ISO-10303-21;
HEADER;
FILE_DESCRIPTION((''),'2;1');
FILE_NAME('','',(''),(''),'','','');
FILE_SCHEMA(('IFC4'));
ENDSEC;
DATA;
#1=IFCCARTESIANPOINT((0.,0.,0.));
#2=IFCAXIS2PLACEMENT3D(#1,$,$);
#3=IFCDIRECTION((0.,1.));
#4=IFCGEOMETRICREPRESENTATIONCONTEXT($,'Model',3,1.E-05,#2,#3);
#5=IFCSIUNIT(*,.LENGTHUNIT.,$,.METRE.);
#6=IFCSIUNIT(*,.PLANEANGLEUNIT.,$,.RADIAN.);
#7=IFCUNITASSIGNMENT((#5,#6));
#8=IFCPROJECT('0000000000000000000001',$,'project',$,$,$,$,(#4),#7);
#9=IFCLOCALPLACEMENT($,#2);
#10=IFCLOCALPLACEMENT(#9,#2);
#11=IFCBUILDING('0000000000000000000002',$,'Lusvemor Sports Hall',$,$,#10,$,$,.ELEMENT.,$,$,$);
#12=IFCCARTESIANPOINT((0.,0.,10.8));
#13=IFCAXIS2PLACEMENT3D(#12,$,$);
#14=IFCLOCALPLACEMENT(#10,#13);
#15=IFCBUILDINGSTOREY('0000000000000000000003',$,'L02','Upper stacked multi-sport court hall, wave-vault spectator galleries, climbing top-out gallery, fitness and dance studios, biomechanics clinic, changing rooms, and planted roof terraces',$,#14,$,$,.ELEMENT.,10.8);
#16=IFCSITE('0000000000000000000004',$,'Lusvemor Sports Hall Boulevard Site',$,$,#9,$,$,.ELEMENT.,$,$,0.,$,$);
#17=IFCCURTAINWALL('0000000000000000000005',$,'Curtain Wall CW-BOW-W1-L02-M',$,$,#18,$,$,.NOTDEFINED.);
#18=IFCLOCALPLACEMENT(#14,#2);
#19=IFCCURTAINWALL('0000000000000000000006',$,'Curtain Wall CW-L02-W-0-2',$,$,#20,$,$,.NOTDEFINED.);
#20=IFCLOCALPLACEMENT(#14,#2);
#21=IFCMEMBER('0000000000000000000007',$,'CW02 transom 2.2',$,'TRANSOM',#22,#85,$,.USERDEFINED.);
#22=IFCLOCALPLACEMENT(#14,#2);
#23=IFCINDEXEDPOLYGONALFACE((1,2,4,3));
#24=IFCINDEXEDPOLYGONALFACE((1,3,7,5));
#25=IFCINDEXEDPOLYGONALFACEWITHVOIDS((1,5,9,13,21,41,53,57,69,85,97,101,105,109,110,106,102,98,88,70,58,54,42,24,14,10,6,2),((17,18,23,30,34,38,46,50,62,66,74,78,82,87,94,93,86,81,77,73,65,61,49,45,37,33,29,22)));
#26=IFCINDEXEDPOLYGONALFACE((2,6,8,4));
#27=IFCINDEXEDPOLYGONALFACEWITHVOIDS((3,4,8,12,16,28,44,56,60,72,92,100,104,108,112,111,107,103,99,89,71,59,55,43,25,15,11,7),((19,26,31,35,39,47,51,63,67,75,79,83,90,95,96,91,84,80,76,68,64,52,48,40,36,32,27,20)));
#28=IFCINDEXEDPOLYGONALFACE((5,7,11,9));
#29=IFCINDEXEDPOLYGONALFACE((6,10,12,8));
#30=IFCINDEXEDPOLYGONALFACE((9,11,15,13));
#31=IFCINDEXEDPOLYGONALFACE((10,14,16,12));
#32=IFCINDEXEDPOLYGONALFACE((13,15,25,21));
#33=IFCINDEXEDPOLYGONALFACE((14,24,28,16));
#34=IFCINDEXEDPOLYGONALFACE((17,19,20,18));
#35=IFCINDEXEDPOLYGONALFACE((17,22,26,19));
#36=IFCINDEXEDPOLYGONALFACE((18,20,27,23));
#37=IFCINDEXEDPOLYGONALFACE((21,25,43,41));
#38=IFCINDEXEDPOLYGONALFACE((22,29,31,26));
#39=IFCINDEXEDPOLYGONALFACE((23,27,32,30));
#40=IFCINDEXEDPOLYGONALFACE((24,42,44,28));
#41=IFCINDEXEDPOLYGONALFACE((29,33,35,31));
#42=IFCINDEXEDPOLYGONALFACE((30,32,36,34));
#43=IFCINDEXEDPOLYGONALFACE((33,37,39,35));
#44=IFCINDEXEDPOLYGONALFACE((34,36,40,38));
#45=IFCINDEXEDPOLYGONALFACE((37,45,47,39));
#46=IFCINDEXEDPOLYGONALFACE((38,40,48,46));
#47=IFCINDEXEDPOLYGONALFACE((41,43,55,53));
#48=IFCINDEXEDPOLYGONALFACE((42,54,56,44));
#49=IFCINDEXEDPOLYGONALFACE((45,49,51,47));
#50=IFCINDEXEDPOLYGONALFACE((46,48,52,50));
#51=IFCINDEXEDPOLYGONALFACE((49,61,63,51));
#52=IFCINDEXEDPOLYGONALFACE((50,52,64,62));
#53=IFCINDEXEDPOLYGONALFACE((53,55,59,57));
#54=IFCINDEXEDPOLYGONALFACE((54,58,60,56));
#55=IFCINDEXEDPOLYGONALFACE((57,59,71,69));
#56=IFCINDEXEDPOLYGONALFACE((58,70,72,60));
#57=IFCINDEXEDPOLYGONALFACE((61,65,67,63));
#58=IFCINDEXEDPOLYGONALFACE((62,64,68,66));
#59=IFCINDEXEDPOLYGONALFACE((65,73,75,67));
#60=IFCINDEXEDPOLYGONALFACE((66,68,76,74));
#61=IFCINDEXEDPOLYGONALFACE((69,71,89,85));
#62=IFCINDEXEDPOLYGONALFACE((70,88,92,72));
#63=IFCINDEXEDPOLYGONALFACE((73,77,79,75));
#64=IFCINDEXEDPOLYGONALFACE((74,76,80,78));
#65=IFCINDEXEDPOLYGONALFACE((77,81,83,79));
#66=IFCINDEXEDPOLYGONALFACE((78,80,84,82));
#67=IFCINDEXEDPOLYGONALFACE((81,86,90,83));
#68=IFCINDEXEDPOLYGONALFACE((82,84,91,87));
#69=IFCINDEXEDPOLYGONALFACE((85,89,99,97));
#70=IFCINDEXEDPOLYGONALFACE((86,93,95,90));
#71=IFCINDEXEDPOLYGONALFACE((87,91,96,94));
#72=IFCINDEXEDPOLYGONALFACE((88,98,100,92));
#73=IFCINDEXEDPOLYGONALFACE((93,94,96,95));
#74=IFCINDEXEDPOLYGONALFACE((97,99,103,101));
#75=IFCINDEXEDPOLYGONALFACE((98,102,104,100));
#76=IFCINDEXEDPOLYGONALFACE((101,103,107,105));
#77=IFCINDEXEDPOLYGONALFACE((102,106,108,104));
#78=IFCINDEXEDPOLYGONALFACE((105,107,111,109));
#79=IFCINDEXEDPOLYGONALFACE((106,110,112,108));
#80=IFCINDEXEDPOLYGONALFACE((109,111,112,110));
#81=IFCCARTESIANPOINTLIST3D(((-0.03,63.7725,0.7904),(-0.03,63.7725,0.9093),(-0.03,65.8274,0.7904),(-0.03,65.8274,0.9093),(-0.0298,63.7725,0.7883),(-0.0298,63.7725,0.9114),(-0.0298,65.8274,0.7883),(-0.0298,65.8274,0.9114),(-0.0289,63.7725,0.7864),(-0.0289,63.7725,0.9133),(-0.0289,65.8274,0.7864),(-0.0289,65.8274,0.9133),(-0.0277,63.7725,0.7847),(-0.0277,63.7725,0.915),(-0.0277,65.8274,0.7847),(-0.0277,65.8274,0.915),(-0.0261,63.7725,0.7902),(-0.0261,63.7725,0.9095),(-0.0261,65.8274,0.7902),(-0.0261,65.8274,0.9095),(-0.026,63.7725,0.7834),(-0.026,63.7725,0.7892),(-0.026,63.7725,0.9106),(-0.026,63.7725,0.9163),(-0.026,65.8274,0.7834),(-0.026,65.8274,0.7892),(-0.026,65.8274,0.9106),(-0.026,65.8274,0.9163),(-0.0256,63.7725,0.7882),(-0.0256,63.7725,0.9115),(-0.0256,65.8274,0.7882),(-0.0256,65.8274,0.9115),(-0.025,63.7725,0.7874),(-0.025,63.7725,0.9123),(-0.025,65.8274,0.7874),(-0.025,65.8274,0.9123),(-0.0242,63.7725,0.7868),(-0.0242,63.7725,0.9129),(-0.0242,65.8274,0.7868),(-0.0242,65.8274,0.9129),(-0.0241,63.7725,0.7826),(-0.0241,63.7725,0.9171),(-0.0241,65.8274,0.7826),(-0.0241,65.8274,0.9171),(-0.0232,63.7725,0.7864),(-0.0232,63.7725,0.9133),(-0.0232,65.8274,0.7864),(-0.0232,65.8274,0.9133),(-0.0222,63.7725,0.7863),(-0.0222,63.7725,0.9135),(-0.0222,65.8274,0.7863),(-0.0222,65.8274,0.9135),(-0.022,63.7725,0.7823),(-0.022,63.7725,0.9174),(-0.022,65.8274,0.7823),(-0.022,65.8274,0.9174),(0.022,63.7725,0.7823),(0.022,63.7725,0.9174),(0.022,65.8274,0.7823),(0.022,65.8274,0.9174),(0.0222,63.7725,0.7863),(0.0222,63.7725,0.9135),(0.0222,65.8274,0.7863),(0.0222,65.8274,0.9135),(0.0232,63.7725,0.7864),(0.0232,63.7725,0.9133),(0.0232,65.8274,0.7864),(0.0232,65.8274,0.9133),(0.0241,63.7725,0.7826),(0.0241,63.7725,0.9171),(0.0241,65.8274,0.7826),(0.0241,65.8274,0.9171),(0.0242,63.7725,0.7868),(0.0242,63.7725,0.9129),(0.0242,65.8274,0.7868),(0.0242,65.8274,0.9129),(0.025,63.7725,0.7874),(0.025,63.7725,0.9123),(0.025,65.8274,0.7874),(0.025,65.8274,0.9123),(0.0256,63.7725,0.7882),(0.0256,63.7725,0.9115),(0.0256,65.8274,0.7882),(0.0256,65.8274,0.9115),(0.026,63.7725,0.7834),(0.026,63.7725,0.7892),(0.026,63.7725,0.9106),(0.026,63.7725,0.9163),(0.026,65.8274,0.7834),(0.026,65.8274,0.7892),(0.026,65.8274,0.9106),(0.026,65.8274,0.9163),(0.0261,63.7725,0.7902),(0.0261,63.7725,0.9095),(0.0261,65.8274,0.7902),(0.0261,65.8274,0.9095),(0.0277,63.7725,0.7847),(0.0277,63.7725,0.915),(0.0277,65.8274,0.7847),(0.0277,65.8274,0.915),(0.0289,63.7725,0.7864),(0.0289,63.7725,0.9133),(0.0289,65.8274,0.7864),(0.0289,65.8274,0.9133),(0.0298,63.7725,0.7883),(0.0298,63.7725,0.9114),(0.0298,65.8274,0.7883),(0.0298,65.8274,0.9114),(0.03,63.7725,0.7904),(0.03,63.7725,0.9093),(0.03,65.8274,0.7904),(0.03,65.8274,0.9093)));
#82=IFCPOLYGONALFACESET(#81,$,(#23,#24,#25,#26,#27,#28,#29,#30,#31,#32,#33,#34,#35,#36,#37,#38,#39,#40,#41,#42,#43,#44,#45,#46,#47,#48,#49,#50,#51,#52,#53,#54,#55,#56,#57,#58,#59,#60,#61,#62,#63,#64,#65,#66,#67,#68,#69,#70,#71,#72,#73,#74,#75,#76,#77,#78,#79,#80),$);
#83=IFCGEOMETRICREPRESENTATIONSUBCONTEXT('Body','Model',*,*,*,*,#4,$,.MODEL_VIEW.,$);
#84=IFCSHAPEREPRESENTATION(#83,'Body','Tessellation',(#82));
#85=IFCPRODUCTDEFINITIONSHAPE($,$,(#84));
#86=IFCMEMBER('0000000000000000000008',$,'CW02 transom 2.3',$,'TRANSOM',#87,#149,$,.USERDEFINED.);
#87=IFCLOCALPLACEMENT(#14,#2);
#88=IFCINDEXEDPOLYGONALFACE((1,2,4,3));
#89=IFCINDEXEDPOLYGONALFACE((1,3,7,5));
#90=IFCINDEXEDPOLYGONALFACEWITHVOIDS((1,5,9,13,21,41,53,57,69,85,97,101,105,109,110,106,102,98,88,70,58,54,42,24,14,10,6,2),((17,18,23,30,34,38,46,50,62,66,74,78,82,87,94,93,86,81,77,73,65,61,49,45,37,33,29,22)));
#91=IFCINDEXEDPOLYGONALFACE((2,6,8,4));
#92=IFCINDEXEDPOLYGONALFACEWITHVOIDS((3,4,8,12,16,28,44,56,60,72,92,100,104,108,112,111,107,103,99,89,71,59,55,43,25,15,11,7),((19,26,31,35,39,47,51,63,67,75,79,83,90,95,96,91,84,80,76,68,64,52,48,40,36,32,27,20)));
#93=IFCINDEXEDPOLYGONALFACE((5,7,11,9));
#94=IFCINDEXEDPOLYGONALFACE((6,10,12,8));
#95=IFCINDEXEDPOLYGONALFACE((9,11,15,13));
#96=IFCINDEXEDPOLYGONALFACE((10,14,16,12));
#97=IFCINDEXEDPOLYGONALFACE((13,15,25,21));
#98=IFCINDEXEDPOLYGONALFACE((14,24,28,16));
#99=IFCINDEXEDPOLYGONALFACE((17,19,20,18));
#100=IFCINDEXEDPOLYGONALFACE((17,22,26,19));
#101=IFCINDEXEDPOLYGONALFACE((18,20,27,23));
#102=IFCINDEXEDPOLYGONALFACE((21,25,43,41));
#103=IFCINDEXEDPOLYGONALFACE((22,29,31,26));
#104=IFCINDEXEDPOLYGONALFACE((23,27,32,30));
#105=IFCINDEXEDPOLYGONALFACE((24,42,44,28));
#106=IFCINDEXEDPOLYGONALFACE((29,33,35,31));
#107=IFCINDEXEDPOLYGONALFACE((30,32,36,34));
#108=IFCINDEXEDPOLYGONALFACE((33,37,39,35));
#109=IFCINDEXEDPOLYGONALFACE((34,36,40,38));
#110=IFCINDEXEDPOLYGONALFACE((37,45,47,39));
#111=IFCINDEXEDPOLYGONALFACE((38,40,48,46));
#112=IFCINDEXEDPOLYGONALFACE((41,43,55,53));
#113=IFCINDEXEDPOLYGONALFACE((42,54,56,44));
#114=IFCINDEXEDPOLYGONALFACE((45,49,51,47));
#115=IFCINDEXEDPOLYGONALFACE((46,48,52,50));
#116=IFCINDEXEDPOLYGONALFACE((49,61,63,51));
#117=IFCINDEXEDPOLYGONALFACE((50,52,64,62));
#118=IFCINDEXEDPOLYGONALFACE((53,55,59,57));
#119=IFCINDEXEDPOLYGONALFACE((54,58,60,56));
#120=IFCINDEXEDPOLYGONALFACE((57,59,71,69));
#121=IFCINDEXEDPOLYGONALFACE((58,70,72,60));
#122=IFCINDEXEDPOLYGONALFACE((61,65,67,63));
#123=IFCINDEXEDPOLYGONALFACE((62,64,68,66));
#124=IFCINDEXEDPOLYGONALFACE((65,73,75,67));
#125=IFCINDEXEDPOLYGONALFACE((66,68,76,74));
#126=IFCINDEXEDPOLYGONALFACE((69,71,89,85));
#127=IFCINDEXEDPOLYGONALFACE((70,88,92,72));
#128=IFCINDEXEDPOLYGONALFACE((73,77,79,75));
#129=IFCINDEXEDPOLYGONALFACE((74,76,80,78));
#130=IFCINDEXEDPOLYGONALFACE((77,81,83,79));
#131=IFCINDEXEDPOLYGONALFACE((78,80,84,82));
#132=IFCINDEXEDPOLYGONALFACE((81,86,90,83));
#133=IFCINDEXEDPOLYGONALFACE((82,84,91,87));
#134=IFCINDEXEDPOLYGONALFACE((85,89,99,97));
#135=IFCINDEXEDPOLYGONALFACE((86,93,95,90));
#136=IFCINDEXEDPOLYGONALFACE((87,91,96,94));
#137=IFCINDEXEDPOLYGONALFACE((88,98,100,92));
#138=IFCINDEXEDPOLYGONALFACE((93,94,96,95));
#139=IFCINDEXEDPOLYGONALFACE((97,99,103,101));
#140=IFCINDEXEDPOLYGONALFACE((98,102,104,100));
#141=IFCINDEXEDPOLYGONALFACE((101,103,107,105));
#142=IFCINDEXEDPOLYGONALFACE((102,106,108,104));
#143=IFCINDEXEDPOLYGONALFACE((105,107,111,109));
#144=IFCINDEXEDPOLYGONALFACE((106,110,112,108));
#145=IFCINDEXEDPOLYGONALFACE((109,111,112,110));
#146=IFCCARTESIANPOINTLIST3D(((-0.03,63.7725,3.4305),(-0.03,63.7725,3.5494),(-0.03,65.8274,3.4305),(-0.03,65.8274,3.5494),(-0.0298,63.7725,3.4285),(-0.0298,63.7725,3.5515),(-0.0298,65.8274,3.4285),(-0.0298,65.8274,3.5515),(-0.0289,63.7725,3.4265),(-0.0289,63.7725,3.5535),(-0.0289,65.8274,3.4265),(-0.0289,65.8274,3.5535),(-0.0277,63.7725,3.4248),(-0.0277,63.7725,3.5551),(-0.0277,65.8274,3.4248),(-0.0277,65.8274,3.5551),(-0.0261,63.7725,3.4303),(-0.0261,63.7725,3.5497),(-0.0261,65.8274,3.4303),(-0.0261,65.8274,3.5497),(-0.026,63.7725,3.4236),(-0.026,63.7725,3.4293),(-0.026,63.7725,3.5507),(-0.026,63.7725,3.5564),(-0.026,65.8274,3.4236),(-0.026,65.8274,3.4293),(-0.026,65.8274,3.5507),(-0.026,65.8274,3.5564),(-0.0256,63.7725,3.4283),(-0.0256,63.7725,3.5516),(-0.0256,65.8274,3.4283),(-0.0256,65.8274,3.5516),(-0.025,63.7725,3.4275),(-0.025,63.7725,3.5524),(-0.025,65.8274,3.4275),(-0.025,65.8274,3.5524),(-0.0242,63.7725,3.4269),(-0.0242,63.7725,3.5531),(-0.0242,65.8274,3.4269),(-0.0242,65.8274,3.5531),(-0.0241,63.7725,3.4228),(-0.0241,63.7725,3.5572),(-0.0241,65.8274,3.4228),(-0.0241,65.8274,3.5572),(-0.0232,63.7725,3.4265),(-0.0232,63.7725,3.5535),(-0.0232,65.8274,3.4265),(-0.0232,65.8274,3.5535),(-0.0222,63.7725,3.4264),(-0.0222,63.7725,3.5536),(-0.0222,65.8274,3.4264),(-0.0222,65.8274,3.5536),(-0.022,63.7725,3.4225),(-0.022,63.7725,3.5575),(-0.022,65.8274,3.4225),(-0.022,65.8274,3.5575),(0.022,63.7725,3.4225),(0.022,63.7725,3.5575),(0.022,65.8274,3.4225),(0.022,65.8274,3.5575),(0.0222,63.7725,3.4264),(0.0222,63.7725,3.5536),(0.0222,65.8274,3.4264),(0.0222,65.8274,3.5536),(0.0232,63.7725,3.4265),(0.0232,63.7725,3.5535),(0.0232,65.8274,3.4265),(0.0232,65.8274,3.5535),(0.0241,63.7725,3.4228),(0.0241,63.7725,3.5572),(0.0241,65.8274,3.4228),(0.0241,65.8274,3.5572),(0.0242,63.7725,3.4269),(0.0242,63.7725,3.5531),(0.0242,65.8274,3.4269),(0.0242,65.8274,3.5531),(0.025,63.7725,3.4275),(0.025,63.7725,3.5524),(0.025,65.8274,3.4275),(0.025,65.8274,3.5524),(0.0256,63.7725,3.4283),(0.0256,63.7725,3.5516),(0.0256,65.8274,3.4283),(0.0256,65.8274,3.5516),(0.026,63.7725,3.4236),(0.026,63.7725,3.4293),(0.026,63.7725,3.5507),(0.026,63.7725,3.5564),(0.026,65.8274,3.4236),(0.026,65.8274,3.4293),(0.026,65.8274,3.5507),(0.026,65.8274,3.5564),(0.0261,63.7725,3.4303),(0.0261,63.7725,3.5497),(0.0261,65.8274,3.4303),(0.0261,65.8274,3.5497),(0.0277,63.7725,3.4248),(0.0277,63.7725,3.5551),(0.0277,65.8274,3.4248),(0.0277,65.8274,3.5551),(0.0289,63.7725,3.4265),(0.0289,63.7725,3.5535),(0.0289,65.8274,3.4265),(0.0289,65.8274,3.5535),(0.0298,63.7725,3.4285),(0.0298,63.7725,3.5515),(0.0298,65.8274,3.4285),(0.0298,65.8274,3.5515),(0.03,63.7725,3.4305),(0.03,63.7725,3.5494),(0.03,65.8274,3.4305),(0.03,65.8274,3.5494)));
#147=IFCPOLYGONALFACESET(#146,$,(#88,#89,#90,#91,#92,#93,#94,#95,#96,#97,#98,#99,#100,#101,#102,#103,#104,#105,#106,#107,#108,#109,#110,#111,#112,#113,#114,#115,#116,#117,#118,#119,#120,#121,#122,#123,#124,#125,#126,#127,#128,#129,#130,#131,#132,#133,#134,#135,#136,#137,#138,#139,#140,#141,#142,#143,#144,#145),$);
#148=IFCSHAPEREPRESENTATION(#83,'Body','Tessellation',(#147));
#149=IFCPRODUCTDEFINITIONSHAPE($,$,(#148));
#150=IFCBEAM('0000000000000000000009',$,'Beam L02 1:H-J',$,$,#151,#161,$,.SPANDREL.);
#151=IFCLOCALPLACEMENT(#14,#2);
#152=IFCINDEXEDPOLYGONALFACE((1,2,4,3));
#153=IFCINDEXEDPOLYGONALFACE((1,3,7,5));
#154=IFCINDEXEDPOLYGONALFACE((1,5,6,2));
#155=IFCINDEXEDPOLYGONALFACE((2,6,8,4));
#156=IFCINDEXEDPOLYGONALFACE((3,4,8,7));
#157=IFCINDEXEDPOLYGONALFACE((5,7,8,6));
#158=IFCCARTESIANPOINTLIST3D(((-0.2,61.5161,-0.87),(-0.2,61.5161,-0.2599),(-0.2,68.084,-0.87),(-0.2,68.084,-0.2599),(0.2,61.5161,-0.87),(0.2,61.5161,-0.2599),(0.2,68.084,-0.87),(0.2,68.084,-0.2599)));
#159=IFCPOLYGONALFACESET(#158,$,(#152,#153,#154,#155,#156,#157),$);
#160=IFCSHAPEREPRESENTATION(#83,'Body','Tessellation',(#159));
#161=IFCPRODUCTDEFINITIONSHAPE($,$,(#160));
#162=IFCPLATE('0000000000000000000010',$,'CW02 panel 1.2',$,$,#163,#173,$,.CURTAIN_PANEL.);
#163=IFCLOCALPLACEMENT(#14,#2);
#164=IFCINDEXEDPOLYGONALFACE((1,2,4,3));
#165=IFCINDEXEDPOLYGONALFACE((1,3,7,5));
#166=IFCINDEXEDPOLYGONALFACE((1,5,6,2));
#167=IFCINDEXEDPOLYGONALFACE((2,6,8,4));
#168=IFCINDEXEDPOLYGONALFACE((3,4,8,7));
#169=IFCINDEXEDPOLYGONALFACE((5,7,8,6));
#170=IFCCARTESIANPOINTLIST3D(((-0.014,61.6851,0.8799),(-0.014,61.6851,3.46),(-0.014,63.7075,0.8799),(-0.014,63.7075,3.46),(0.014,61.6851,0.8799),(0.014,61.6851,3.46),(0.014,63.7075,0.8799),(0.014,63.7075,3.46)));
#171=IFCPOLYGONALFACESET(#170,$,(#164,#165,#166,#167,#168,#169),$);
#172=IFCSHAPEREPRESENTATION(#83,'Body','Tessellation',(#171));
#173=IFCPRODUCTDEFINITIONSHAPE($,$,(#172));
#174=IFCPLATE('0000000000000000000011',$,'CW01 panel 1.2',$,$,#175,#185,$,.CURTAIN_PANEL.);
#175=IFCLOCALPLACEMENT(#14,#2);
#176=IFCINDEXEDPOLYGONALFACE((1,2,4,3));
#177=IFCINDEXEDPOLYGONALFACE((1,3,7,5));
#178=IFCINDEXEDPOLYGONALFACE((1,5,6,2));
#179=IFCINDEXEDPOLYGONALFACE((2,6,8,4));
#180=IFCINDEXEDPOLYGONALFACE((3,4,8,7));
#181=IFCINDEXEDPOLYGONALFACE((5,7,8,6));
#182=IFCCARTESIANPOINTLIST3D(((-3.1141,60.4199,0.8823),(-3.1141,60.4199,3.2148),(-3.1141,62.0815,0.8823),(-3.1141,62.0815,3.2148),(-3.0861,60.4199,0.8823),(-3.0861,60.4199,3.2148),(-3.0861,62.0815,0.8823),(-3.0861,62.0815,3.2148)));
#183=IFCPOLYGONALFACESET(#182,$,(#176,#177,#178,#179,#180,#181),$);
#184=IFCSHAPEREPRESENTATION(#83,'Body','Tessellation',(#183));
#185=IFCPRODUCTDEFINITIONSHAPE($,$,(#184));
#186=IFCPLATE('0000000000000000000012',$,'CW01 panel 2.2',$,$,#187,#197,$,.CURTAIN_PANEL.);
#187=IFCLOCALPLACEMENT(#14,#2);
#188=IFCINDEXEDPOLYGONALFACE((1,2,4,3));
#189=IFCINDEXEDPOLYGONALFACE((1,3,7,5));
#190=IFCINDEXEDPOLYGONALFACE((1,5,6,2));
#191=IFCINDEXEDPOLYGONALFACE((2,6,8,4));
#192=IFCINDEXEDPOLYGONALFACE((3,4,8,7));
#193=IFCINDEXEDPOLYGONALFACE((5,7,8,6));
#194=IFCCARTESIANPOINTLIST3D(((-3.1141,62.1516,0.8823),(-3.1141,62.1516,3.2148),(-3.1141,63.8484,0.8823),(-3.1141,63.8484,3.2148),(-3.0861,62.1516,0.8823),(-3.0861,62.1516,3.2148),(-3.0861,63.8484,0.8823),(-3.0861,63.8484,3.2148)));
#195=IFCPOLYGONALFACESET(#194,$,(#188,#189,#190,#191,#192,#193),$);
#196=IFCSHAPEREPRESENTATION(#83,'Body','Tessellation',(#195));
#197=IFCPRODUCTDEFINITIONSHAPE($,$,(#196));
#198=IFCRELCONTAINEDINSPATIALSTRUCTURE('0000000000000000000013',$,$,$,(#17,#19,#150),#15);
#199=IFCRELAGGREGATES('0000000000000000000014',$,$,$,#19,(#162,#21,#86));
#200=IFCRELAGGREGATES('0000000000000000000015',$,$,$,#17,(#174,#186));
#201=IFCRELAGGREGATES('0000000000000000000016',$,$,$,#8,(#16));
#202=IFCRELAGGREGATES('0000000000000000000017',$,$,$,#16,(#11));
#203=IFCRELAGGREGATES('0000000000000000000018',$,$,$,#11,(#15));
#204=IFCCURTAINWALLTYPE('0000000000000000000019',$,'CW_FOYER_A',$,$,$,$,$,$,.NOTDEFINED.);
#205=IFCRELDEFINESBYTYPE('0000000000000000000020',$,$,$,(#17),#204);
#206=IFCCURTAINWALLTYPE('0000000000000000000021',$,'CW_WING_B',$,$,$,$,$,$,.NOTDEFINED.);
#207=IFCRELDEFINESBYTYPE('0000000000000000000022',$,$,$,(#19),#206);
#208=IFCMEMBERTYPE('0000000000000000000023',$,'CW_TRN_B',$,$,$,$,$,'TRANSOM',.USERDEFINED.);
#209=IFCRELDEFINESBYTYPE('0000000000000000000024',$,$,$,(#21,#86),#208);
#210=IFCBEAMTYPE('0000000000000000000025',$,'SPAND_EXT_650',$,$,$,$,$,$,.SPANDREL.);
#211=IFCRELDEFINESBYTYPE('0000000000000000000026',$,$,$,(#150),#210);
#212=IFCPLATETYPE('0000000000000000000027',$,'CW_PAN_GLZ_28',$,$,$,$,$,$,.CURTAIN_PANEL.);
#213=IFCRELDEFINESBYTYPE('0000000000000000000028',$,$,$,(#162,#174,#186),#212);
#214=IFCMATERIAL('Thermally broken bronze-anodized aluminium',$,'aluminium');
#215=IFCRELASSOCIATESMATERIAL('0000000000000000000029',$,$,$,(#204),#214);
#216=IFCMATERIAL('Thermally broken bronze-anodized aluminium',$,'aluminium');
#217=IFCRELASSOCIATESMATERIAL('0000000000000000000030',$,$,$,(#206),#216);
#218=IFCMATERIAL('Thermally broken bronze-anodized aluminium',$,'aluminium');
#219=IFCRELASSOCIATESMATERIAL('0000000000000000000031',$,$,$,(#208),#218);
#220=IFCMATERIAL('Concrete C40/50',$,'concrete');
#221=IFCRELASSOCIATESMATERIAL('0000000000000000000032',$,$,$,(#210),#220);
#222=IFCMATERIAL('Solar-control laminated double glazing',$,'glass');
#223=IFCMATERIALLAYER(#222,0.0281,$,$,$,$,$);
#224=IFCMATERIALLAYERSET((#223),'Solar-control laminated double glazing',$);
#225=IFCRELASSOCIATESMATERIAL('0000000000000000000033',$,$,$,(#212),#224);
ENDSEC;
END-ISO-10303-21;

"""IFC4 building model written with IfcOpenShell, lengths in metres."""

from ifc_helpers import new_model, si_unit, direction, frame, origin, origin_2d, place, context, subcontext, project, spatial, rectangle, hollow_rectangle, extrude, material, layer, layer_set, material_profile, profile_set, type_object, element, aggregate, save


model = new_model("IFC4")

# Units and contexts
model_context = context("Model", 3, precision=1e-05, world=origin(), true_north=direction((0.0, 1.0)))
body_context = subcontext(model_context, "Body", "Model", "MODEL_VIEW")
ifc_project = project(units=[si_unit("LENGTHUNIT", "METRE"), si_unit("PLANEANGLEUNIT", "RADIAN")], contexts=[model_context])

# Site, building, storey
site_placement = place(None, origin())
site = spatial("IfcSite", under=ifc_project, at=site_placement, Name="Lusvemor Sports Hall Boulevard Site", CompositionType="ELEMENT", RefElevation=0.0)
building_placement = place(site_placement, origin())
building = spatial("IfcBuilding", under=site, at=building_placement, Name="Lusvemor Sports Hall", CompositionType="ELEMENT")
storey_placement = place(building_placement, frame((0.0, 0.0, 10.8)))
storey = spatial("IfcBuildingStorey", under=building, at=storey_placement, Name="L02", Description="Upper stacked multi-sport court hall, wave-vault spectator galleries, climbing top-out gallery, fitness and dance studios, biomechanics clinic, changing rooms, and planted roof terraces", CompositionType="ELEMENT", Elevation=10.8)

# Curtain wall
ifc_material_1 = material(Name="Thermally broken bronze-anodized aluminium", Category="aluminium")
curtain_wall_type_1 = type_object("IfcCurtainWallType", Name="CW_FOYER_A", PredefinedType="NOTDEFINED", material=ifc_material_1)
curtain_wall_1_placement = place(storey_placement, origin())
curtain_wall_1 = element("IfcCurtainWall", 1, at=curtain_wall_1_placement, inside=storey, type_object=curtain_wall_type_1, Name="Curtain Wall CW-BOW-W1-L02-M", PredefinedType="NOTDEFINED")

# Curtain wall
ifc_material_2 = material(Name="Thermally broken bronze-anodized aluminium", Category="aluminium")
curtain_wall_type_2 = type_object("IfcCurtainWallType", Name="CW_WING_B", PredefinedType="NOTDEFINED", material=ifc_material_2)
curtain_wall_2_placement = place(storey_placement, origin())
curtain_wall_2 = element("IfcCurtainWall", 2, at=curtain_wall_2_placement, inside=storey, type_object=curtain_wall_type_2, Name="Curtain Wall CW-L02-W-0-2", PredefinedType="NOTDEFINED")

# Members
ifc_material_3 = material(Name="Thermally broken bronze-anodized aluminium", Category="aluminium")
ifc_material_profile_1 = material_profile(ifc_material_3, hollow_rectangle(XDim=0.0601, YDim=0.135, WallThickness=0.0039, InnerFilletRadius=0.0039, OuterFilletRadius=0.0081, at=origin_2d()), Name="CWTRN135x60x4")
ifc_profile_set_1 = profile_set([ifc_material_profile_1], Name="Thermally broken bronze-anodized aluminium")
member_type_1 = type_object("IfcMemberType", Name="CW_TRN_B", ElementType="TRANSOM", PredefinedType="USERDEFINED", material=ifc_profile_set_1)
member_1_placement = place(storey_placement, frame((0.0, 63.7725, 0.8499), z_axis=(0.0, 1.0, 0.0), x_axis=(-1.0, 0.0, 0.0)))
member_1 = element("IfcMember", 3, at=member_1_placement, type_object=member_type_1, Name="CW02 transom 2.2", ObjectType="TRANSOM", PredefinedType="USERDEFINED", context=body_context, shape_type="SweptSolid", body=[
    extrude(hollow_rectangle(XDim=0.0601, YDim=0.135, WallThickness=0.0039, InnerFilletRadius=0.0039, OuterFilletRadius=0.0081, at=origin_2d()), origin(), (0.0, 0.0, 1.0), 2.0549),
])
member_2_placement = place(storey_placement, frame((0.0, 63.7725, 3.49), z_axis=(0.0, 1.0, 0.0), x_axis=(-1.0, 0.0, 0.0)))
member_2 = element("IfcMember", 4, at=member_2_placement, type_object=member_type_1, Name="CW02 transom 2.3", ObjectType="TRANSOM", PredefinedType="USERDEFINED", context=body_context, shape_type="SweptSolid", body=[
    extrude(hollow_rectangle(XDim=0.0601, YDim=0.135, WallThickness=0.0039, InnerFilletRadius=0.0039, OuterFilletRadius=0.0081, at=origin_2d()), origin(), (0.0, 0.0, 1.0), 2.0549),
])

# Beam
ifc_material_4 = material(Name="Concrete C40/50", Category="concrete")
ifc_material_profile_2 = material_profile(ifc_material_4, rectangle(XDim=0.3999, YDim=0.6101, at=origin_2d()), Name="RC400x610")
ifc_profile_set_2 = profile_set([ifc_material_profile_2], Name="Concrete C40/50")
beam_type = type_object("IfcBeamType", Name="SPAND_EXT_650", PredefinedType="SPANDREL", material=ifc_profile_set_2)
beam_placement = place(storey_placement, frame((0.0, 61.5161, -0.5649), z_axis=(0.0, 1.0, 0.0), x_axis=(-1.0, 0.0, 0.0)))
element("IfcBeam", 5, at=beam_placement, inside=storey, type_object=beam_type, Name="Beam L02 1:H-J", PredefinedType="SPANDREL", context=body_context, shape_type="SweptSolid", body=[
    extrude(rectangle(XDim=0.3999, YDim=0.6101, at=origin_2d()), origin(), (0.0, 0.0, 1.0), 6.5679),
])

# Plates
ifc_material_5 = material(Name="Solar-control laminated double glazing", Category="glass")
ifc_layer_1 = layer(ifc_material_5, 0.0281)
ifc_layer_set_1 = layer_set([ifc_layer_1], Name="Solar-control laminated double glazing")
plate_type_1 = type_object("IfcPlateType", Name="CW_PAN_GLZ_28", PredefinedType="CURTAIN_PANEL", material=ifc_layer_set_1)
plate_1_placement = place(storey_placement, frame((0.0, 62.6963, 0.8799), z_axis=(0.0, 0.0, 1.0), x_axis=(0.0, 1.0, 0.0)))
plate_1 = element("IfcPlate", 6, at=plate_1_placement, type_object=plate_type_1, Name="CW02 panel 1.2", PredefinedType="CURTAIN_PANEL", context=body_context, shape_type="SweptSolid", body=[
    extrude(rectangle(XDim=2.0225, YDim=0.0281, at=origin_2d()), origin(), (0.0, 0.0, 1.0), 2.5801),
])
plate_2_placement = place(storey_placement, frame((-3.1001, 61.2507, 0.8823), z_axis=(0.0, 0.0, 1.0), x_axis=(0.0, 1.0, 0.0)))
plate_2 = element("IfcPlate", 7, at=plate_2_placement, type_object=plate_type_1, Name="CW01 panel 1.2", PredefinedType="CURTAIN_PANEL", context=body_context, shape_type="SweptSolid", body=[
    extrude(rectangle(XDim=1.6616, YDim=0.0281, at=origin_2d()), origin(), (0.0, 0.0, 1.0), 2.3325),
])
plate_3_placement = place(storey_placement, frame((-3.1001, 63.0, 0.8823), z_axis=(0.0, 0.0, 1.0), x_axis=(0.0, 1.0, 0.0)))
plate_3 = element("IfcPlate", 8, at=plate_3_placement, type_object=plate_type_1, Name="CW01 panel 2.2", PredefinedType="CURTAIN_PANEL", context=body_context, shape_type="SweptSolid", body=[
    extrude(rectangle(XDim=1.6968, YDim=0.0281, at=origin_2d()), origin(), (0.0, 0.0, 1.0), 2.3325),
])
aggregate(curtain_wall_2, [plate_1, member_1, member_2])
aggregate(curtain_wall_1, [plate_2, plate_3])

save(model, "model.ifc")
